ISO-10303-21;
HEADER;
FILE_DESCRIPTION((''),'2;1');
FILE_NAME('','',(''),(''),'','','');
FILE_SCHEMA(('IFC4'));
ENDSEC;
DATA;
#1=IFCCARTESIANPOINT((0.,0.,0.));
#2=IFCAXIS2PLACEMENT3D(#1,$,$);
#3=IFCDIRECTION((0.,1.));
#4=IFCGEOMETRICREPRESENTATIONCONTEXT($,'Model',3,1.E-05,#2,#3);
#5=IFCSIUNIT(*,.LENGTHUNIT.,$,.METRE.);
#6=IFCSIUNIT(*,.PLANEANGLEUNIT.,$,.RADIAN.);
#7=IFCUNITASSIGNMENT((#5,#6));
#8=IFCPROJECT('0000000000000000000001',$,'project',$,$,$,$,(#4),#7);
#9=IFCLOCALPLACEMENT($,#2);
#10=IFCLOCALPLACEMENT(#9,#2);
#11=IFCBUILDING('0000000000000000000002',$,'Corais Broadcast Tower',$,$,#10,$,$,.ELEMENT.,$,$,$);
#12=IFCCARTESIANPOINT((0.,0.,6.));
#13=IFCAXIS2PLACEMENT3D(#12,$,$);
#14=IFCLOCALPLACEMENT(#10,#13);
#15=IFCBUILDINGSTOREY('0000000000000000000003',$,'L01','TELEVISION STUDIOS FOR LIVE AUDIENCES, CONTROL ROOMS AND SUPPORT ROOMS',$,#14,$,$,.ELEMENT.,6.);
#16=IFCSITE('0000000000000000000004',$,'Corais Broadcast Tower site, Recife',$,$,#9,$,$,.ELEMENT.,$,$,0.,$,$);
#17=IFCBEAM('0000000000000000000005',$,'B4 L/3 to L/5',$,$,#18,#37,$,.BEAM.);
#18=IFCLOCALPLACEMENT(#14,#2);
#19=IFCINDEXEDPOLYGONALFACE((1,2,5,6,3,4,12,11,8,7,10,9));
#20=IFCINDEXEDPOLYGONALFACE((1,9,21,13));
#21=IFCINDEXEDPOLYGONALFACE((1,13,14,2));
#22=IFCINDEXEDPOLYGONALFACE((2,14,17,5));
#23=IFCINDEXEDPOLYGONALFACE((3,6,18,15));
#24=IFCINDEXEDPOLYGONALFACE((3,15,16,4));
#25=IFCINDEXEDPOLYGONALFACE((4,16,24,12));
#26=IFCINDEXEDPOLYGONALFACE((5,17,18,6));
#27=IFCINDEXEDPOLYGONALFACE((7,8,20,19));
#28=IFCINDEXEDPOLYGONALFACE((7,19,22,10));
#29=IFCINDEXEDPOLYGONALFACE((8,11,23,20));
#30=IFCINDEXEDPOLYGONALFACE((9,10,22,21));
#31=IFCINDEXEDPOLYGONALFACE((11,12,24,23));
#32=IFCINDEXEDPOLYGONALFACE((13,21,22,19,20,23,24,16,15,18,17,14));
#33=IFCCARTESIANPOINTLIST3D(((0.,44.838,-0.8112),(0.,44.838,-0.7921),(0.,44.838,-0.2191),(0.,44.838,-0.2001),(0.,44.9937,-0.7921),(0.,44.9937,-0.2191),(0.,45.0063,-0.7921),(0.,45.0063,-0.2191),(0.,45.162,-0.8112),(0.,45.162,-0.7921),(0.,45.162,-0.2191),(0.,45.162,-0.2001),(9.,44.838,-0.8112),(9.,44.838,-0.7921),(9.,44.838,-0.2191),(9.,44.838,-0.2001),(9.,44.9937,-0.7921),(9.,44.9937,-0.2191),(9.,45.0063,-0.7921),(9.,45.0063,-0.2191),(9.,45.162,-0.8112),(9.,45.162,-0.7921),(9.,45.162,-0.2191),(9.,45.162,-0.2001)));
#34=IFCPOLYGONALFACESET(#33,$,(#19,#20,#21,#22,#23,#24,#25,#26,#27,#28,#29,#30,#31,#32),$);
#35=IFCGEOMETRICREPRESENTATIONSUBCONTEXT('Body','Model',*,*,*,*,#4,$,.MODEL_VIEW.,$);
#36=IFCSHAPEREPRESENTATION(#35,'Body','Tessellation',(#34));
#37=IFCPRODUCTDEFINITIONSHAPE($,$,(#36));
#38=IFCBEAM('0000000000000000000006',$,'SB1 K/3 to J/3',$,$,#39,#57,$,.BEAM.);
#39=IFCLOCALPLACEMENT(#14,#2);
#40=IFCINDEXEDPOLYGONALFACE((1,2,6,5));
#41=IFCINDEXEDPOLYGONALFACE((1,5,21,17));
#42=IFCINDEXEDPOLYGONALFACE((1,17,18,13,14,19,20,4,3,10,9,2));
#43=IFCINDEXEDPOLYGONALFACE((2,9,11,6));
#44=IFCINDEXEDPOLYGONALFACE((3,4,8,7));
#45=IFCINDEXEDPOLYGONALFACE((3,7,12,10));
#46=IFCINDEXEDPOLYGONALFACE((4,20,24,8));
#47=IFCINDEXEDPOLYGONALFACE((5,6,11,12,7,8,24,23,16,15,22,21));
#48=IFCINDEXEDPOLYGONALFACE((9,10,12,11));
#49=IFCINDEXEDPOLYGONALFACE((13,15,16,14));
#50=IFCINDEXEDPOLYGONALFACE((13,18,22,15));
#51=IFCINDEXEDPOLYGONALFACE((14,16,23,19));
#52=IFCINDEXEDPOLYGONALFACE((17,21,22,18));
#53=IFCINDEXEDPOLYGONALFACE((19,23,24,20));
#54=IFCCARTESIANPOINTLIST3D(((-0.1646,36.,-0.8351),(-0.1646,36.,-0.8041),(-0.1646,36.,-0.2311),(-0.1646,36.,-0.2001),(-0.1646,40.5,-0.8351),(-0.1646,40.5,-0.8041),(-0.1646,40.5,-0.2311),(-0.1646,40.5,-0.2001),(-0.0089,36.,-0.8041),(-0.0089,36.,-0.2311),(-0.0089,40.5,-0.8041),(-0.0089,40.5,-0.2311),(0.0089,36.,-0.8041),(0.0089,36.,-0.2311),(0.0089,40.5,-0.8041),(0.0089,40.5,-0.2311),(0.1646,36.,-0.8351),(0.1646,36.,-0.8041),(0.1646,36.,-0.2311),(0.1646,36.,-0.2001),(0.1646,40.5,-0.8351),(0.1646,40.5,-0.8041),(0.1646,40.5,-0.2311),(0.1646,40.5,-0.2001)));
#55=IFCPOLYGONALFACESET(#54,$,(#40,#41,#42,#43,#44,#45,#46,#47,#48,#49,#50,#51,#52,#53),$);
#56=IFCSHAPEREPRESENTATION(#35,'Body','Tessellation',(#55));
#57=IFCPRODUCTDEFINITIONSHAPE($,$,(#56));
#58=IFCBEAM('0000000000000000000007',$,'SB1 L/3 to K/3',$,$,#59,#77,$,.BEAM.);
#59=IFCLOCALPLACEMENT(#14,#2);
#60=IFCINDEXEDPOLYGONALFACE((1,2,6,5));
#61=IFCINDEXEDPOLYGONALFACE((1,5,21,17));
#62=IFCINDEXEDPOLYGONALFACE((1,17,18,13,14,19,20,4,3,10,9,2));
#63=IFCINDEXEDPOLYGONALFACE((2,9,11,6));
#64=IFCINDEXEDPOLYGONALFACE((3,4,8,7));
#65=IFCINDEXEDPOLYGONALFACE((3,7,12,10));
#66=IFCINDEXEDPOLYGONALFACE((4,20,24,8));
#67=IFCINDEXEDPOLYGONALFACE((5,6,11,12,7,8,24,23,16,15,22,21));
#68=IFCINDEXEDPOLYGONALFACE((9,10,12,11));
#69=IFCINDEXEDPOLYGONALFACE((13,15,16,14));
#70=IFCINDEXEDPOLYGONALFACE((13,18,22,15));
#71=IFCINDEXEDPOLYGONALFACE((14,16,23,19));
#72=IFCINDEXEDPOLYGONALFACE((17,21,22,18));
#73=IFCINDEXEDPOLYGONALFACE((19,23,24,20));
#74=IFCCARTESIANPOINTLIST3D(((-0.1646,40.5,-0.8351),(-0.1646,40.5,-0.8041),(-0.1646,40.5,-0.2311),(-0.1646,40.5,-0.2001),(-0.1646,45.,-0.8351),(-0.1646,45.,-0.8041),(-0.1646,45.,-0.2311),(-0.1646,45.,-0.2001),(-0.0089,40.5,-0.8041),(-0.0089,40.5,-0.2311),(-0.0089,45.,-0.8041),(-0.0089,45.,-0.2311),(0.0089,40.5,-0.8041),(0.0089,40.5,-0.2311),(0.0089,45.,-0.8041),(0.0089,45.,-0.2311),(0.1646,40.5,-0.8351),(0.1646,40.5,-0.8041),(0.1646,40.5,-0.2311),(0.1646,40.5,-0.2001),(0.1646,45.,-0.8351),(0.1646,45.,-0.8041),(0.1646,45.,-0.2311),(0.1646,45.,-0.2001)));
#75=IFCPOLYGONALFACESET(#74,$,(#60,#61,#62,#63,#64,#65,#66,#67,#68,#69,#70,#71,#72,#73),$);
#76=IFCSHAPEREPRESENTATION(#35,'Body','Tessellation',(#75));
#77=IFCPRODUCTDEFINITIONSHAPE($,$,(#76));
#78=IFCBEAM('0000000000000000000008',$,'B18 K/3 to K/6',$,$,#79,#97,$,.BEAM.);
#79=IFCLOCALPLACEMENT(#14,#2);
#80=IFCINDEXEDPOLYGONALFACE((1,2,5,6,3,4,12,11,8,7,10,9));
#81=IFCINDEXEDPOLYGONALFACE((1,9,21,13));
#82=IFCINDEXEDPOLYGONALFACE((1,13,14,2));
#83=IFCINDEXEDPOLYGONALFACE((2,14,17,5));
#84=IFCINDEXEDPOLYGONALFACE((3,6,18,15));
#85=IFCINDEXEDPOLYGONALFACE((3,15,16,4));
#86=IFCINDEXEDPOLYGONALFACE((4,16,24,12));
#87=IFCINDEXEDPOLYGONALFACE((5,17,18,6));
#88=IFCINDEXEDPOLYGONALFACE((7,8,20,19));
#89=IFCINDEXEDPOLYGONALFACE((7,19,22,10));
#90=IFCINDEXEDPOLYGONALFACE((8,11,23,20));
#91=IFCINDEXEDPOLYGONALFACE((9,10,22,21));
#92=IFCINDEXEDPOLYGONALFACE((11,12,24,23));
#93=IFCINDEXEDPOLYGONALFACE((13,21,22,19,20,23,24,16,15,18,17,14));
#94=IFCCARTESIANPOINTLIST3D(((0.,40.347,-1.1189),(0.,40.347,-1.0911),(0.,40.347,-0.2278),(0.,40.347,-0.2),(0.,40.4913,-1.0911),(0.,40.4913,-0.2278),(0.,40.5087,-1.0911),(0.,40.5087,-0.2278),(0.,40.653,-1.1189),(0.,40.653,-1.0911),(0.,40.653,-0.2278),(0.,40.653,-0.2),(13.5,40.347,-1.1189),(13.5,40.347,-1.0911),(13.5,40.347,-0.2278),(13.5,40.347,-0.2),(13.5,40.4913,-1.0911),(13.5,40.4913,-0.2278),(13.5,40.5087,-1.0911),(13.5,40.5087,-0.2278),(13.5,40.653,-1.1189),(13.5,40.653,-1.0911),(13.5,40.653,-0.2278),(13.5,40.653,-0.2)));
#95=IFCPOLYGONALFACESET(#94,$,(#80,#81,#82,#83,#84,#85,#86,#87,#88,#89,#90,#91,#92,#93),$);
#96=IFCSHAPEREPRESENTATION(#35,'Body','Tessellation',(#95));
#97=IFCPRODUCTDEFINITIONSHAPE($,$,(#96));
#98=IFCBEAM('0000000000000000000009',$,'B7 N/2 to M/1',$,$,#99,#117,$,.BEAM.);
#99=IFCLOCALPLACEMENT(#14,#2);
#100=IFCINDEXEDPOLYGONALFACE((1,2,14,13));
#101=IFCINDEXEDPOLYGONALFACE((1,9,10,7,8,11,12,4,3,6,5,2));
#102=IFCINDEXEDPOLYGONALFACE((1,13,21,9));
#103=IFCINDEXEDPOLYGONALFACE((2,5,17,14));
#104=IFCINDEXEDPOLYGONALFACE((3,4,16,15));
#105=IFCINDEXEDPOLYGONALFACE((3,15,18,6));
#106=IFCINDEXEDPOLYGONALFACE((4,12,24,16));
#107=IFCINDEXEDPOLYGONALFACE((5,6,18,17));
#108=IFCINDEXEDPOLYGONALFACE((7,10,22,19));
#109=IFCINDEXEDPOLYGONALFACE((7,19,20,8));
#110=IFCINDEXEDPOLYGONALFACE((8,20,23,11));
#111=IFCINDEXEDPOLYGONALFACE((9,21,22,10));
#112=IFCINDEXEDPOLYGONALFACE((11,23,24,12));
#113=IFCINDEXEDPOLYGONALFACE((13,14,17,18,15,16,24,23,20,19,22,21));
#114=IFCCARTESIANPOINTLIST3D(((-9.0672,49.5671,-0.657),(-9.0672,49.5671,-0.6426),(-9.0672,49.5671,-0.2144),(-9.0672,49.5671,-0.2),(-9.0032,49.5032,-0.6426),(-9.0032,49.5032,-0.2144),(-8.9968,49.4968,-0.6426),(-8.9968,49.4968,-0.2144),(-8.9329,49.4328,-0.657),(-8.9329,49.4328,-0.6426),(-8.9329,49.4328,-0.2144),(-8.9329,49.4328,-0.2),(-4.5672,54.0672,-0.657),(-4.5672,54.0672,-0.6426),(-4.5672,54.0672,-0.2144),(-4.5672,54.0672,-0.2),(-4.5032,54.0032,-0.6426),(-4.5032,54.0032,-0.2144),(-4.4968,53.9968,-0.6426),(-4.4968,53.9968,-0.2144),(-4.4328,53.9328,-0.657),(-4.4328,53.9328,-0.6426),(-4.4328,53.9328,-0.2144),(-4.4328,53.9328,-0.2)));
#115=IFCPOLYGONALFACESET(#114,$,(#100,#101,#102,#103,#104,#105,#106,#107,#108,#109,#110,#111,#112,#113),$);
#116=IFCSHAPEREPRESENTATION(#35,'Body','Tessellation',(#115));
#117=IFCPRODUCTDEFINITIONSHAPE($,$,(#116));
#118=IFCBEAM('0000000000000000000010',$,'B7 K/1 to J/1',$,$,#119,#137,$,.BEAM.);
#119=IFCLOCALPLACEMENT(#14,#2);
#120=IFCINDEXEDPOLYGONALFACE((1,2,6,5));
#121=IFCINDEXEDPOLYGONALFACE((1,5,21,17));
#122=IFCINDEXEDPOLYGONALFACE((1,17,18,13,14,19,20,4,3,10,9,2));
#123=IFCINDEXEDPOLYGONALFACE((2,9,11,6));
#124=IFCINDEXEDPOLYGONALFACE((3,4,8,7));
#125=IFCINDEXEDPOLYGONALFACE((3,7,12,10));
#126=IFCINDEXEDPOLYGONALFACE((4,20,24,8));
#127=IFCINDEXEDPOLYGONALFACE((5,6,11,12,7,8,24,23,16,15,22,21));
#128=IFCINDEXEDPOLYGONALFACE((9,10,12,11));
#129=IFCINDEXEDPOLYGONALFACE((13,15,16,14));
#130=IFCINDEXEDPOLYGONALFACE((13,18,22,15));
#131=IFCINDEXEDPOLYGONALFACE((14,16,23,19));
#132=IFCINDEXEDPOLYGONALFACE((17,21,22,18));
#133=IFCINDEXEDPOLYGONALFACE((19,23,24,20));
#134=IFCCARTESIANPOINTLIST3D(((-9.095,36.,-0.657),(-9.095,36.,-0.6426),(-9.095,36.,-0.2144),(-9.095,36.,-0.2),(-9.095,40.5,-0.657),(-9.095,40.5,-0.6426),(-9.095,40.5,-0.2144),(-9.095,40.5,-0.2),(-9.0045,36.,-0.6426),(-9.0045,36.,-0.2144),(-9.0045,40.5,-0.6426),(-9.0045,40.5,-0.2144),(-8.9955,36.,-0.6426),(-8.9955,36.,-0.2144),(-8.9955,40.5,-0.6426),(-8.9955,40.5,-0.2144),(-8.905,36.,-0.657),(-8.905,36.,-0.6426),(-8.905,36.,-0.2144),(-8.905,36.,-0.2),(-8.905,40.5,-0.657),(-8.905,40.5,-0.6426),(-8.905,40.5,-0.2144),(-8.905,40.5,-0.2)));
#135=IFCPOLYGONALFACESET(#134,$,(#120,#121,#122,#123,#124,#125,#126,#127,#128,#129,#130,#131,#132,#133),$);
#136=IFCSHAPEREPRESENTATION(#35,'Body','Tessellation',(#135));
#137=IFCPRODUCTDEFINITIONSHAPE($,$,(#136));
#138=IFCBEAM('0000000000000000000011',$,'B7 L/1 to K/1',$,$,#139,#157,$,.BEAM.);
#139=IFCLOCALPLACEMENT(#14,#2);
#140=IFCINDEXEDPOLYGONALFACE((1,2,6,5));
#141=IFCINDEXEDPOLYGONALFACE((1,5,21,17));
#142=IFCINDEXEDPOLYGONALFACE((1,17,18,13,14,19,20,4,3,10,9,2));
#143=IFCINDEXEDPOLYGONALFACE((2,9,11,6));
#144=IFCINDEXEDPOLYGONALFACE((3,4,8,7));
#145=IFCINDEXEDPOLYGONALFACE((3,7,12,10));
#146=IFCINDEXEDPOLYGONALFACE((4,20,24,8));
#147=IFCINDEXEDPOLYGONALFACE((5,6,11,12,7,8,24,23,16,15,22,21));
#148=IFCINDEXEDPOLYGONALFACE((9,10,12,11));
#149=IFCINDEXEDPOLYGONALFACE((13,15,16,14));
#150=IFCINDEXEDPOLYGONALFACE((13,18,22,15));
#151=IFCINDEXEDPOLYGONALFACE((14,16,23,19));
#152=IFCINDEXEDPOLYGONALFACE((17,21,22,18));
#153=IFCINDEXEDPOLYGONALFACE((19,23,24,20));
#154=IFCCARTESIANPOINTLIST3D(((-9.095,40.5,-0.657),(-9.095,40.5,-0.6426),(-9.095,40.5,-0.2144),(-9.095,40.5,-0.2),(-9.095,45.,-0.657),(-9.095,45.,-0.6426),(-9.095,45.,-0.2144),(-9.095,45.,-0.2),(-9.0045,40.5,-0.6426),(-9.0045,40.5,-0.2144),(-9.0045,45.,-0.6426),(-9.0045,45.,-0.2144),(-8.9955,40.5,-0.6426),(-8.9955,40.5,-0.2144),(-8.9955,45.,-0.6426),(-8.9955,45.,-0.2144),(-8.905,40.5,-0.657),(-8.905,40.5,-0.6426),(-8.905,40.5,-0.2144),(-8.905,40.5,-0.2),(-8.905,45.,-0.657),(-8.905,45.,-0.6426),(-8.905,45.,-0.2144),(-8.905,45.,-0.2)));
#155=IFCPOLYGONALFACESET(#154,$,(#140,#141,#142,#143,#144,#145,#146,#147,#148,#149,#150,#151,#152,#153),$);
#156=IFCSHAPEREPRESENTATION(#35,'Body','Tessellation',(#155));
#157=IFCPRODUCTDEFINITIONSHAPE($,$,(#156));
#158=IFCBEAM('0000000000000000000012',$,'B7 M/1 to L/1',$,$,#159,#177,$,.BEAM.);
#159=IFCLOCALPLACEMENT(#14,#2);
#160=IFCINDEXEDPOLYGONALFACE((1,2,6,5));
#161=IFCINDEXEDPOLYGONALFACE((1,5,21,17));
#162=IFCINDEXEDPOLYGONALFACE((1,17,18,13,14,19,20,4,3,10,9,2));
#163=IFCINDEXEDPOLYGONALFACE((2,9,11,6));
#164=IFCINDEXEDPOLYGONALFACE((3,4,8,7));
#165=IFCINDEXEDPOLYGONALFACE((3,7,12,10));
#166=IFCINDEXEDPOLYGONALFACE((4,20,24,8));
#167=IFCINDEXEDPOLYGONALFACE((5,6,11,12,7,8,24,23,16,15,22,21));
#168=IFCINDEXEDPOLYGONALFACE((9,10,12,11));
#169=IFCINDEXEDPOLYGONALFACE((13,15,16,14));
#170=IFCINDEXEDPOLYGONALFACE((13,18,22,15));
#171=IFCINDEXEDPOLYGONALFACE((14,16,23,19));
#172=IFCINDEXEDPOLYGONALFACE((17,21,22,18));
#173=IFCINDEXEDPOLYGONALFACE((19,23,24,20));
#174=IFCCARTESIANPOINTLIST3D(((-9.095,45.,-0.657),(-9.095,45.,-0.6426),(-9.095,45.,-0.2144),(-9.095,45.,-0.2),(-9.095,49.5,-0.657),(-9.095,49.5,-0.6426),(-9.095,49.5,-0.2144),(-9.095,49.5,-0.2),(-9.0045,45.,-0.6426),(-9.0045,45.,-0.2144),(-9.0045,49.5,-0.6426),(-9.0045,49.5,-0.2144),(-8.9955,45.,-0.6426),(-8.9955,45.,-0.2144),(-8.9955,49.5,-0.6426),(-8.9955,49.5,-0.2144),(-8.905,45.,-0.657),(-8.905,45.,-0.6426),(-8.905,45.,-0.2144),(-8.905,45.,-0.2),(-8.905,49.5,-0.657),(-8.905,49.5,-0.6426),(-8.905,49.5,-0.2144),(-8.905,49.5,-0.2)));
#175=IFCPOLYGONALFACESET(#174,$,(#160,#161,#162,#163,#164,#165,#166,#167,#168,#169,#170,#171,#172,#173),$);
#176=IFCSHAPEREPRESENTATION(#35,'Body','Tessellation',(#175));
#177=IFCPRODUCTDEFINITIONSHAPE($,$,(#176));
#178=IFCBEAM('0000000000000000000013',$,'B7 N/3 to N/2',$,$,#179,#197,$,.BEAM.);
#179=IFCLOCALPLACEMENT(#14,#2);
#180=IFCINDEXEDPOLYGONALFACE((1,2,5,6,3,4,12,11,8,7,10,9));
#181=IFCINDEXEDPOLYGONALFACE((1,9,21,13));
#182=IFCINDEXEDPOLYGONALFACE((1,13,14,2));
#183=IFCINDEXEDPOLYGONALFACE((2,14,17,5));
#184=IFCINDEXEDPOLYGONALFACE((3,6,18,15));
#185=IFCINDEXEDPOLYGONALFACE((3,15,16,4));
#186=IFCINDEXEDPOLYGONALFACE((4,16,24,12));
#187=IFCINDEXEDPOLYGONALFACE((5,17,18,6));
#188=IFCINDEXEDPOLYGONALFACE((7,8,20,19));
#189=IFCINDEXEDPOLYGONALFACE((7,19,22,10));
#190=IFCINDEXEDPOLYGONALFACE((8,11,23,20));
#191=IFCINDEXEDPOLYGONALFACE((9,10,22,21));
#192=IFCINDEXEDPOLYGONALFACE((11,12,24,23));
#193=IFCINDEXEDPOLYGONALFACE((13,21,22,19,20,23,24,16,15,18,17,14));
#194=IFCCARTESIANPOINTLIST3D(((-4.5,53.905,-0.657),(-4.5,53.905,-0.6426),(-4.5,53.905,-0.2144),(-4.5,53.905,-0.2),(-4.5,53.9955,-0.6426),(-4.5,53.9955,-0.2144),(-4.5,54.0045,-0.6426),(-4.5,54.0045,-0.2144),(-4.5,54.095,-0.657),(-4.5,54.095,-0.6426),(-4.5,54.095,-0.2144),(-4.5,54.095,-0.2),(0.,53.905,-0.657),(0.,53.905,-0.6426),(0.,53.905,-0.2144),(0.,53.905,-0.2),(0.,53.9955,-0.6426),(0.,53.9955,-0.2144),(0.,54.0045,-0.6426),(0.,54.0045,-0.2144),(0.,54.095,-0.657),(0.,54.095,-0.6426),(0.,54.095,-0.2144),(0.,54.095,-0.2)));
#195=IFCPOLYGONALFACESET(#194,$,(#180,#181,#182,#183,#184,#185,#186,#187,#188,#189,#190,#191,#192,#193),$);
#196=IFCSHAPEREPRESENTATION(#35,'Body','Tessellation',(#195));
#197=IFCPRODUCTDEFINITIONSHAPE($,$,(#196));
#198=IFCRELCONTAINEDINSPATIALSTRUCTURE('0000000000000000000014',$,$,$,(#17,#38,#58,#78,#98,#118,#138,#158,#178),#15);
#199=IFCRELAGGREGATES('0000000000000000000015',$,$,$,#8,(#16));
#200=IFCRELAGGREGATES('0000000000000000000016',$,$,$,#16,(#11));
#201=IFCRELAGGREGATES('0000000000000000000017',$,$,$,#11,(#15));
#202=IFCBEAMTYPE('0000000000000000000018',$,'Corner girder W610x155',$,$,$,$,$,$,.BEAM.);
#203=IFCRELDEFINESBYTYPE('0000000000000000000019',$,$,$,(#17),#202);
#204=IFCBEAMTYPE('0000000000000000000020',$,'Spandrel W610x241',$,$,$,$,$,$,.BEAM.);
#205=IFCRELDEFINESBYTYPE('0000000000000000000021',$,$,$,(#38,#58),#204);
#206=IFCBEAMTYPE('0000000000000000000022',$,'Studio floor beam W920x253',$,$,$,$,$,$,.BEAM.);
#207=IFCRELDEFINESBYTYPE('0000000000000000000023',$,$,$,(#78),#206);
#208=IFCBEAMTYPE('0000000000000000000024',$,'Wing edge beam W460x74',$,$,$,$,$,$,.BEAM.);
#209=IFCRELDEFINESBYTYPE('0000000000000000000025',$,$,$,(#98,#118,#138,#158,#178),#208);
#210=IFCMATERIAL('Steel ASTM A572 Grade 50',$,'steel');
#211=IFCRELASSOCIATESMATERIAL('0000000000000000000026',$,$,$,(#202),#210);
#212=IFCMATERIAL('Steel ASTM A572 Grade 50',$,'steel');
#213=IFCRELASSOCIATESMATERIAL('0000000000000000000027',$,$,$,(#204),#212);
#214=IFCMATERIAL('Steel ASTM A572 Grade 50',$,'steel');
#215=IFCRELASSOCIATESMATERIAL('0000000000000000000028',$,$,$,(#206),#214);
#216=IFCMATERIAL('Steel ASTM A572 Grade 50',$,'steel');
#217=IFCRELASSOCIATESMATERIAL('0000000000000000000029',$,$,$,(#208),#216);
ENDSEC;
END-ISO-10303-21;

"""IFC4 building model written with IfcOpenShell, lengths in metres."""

from ifc_helpers import new_model, si_unit, direction, frame, origin, origin_2d, place, context, subcontext, project, spatial, i_section, extrude, material, material_profile, profile_set, type_object, element, save


model = new_model("IFC4")

# Units and contexts
model_context = context("Model", 3, precision=1e-05, world=origin(), true_north=direction((0.0, 1.0)))
body_context = subcontext(model_context, "Body", "Model", "MODEL_VIEW")
ifc_project = project(units=[si_unit("LENGTHUNIT", "METRE"), si_unit("PLANEANGLEUNIT", "RADIAN")], contexts=[model_context])

# Site, building, storey
site_placement = place(None, origin())
site = spatial("IfcSite", under=ifc_project, at=site_placement, Name="Corais Broadcast Tower site, Recife", CompositionType="ELEMENT", RefElevation=0.0)
building_placement = place(site_placement, origin())
building = spatial("IfcBuilding", under=site, at=building_placement, Name="Corais Broadcast Tower", CompositionType="ELEMENT")
storey_placement = place(building_placement, frame((0.0, 0.0, 6.0)))
storey = spatial("IfcBuildingStorey", under=building, at=storey_placement, Name="L01", Description="TELEVISION STUDIOS FOR LIVE AUDIENCES, CONTROL ROOMS AND SUPPORT ROOMS", CompositionType="ELEMENT", Elevation=6.0)

# Beams
ifc_material_1 = material(Name="Steel ASTM A572 Grade 50", Category="steel")
ifc_material_profile_1 = material_profile(ifc_material_1, i_section(OverallWidth=0.324, OverallDepth=0.6111, WebThickness=0.0127, FlangeThickness=0.019, at=origin_2d()), Name="W610x155")
ifc_profile_set_1 = profile_set([ifc_material_profile_1], Name="Steel ASTM A572 Grade 50")
beam_type_1 = type_object("IfcBeamType", Name="Corner girder W610x155", PredefinedType="BEAM", material=ifc_profile_set_1)
beam_1_placement = place(storey_placement, frame((0.0, 45.0, -0.5056), z_axis=(1.0, 0.0, 0.0), x_axis=(0.0, 1.0, 0.0)))
element("IfcBeam", 1, at=beam_1_placement, inside=storey, type_object=beam_type_1, Name="B4 L/3 to L/5", PredefinedType="BEAM", context=body_context, shape_type="SweptSolid", body=[
    extrude(i_section(OverallWidth=0.324, OverallDepth=0.6111, WebThickness=0.0127, FlangeThickness=0.019, at=origin_2d()), origin(), (0.0, 0.0, 1.0), 9.0),
])
ifc_material_2 = material(Name="Steel ASTM A572 Grade 50", Category="steel")
ifc_material_profile_2 = material_profile(ifc_material_2, i_section(OverallWidth=0.3291, OverallDepth=0.635, WebThickness=0.0178, FlangeThickness=0.031, at=origin_2d()), Name="W610x241")
ifc_profile_set_2 = profile_set([ifc_material_profile_2], Name="Steel ASTM A572 Grade 50")
beam_type_2 = type_object("IfcBeamType", Name="Spandrel W610x241", PredefinedType="BEAM", material=ifc_profile_set_2)
for number, where, z_axis, x_axis, name in (
    (2, (0.0, 40.5, -0.5176), (0.0, -1.0, 0.0), (1.0, 0.0, 0.0), "SB1 K/3 to J/3"),
    (3, (0.0, 45.0, -0.5176), (0.0, -1.0, 0.0), (1.0, 0.0, 0.0), "SB1 L/3 to K/3"),
):
    element("IfcBeam", number, at=place(storey_placement, frame(where, z_axis=z_axis, x_axis=x_axis)), inside=storey, type_object=beam_type_2, Name=name, PredefinedType="BEAM", context=body_context, shape_type="SweptSolid", body=[
        extrude(i_section(OverallWidth=0.3291, OverallDepth=0.635, WebThickness=0.0178, FlangeThickness=0.031, at=origin_2d()), origin(), (0.0, 0.0, 1.0), 4.5),
    ])
ifc_material_3 = material(Name="Steel ASTM A572 Grade 50", Category="steel")
ifc_material_profile_3 = material_profile(ifc_material_3, i_section(OverallWidth=0.3059, OverallDepth=0.9189, WebThickness=0.0173, FlangeThickness=0.0278, at=origin_2d()), Name="W920x253")
ifc_profile_set_3 = profile_set([ifc_material_profile_3], Name="Steel ASTM A572 Grade 50")
beam_type_3 = type_object("IfcBeamType", Name="Studio floor beam W920x253", PredefinedType="BEAM", material=ifc_profile_set_3)
beam_2_placement = place(storey_placement, frame((0.0, 40.5, -0.6594), z_axis=(1.0, 0.0, 0.0), x_axis=(0.0, 1.0, 0.0)))
element("IfcBeam", 4, at=beam_2_placement, inside=storey, type_object=beam_type_3, Name="B18 K/3 to K/6", PredefinedType="BEAM", context=body_context, shape_type="SweptSolid", body=[
    extrude(i_section(OverallWidth=0.3059, OverallDepth=0.9189, WebThickness=0.0173, FlangeThickness=0.0278, at=origin_2d()), origin(), (0.0, 0.0, 1.0), 13.5),
])
ifc_material_4 = material(Name="Steel ASTM A572 Grade 50", Category="steel")
ifc_material_profile_4 = material_profile(ifc_material_4, i_section(OverallWidth=0.1899, OverallDepth=0.457, WebThickness=0.009, FlangeThickness=0.0144, at=origin_2d()), Name="W460x74")
ifc_profile_set_4 = profile_set([ifc_material_profile_4], Name="Steel ASTM A572 Grade 50")
beam_type_4 = type_object("IfcBeamType", Name="Wing edge beam W460x74", PredefinedType="BEAM", material=ifc_profile_set_4)
beam_3_placement = place(storey_placement, frame((-4.5, 54.0, -0.4285), z_axis=(-0.707107, -0.707107, 0.0), x_axis=(0.707107, -0.707107, 0.0)))
element("IfcBeam", 5, at=beam_3_placement, inside=storey, type_object=beam_type_4, Name="B7 N/2 to M/1", PredefinedType="BEAM", context=body_context, shape_type="SweptSolid", body=[
    extrude(i_section(OverallWidth=0.1899, OverallDepth=0.457, WebThickness=0.009, FlangeThickness=0.0144, at=origin_2d()), origin(), (0.0, 0.0, 1.0), 6.364),
])
for number, where, z_axis, x_axis, name in (
    (6, (-9.0, 40.5, -0.4285), (0.0, -1.0, 0.0), (1.0, 0.0, 0.0), "B7 K/1 to J/1"),
    (7, (-9.0, 45.0, -0.4285), (0.0, -1.0, 0.0), (1.0, 0.0, 0.0), "B7 L/1 to K/1"),
    (8, (-9.0, 49.5, -0.4285), (0.0, -1.0, 0.0), (1.0, 0.0, 0.0), "B7 M/1 to L/1"),
    (9, (0.0, 54.0, -0.4285), (-1.0, 0.0, 0.0), (0.0, -1.0, 0.0), "B7 N/3 to N/2"),
):
    element("IfcBeam", number, at=place(storey_placement, frame(where, z_axis=z_axis, x_axis=x_axis)), inside=storey, type_object=beam_type_4, Name=name, PredefinedType="BEAM", context=body_context, shape_type="SweptSolid", body=[
        extrude(i_section(OverallWidth=0.1899, OverallDepth=0.457, WebThickness=0.009, FlangeThickness=0.0144, at=origin_2d()), origin(), (0.0, 0.0, 1.0), 4.5),
    ])

save(model, "model.ifc")
